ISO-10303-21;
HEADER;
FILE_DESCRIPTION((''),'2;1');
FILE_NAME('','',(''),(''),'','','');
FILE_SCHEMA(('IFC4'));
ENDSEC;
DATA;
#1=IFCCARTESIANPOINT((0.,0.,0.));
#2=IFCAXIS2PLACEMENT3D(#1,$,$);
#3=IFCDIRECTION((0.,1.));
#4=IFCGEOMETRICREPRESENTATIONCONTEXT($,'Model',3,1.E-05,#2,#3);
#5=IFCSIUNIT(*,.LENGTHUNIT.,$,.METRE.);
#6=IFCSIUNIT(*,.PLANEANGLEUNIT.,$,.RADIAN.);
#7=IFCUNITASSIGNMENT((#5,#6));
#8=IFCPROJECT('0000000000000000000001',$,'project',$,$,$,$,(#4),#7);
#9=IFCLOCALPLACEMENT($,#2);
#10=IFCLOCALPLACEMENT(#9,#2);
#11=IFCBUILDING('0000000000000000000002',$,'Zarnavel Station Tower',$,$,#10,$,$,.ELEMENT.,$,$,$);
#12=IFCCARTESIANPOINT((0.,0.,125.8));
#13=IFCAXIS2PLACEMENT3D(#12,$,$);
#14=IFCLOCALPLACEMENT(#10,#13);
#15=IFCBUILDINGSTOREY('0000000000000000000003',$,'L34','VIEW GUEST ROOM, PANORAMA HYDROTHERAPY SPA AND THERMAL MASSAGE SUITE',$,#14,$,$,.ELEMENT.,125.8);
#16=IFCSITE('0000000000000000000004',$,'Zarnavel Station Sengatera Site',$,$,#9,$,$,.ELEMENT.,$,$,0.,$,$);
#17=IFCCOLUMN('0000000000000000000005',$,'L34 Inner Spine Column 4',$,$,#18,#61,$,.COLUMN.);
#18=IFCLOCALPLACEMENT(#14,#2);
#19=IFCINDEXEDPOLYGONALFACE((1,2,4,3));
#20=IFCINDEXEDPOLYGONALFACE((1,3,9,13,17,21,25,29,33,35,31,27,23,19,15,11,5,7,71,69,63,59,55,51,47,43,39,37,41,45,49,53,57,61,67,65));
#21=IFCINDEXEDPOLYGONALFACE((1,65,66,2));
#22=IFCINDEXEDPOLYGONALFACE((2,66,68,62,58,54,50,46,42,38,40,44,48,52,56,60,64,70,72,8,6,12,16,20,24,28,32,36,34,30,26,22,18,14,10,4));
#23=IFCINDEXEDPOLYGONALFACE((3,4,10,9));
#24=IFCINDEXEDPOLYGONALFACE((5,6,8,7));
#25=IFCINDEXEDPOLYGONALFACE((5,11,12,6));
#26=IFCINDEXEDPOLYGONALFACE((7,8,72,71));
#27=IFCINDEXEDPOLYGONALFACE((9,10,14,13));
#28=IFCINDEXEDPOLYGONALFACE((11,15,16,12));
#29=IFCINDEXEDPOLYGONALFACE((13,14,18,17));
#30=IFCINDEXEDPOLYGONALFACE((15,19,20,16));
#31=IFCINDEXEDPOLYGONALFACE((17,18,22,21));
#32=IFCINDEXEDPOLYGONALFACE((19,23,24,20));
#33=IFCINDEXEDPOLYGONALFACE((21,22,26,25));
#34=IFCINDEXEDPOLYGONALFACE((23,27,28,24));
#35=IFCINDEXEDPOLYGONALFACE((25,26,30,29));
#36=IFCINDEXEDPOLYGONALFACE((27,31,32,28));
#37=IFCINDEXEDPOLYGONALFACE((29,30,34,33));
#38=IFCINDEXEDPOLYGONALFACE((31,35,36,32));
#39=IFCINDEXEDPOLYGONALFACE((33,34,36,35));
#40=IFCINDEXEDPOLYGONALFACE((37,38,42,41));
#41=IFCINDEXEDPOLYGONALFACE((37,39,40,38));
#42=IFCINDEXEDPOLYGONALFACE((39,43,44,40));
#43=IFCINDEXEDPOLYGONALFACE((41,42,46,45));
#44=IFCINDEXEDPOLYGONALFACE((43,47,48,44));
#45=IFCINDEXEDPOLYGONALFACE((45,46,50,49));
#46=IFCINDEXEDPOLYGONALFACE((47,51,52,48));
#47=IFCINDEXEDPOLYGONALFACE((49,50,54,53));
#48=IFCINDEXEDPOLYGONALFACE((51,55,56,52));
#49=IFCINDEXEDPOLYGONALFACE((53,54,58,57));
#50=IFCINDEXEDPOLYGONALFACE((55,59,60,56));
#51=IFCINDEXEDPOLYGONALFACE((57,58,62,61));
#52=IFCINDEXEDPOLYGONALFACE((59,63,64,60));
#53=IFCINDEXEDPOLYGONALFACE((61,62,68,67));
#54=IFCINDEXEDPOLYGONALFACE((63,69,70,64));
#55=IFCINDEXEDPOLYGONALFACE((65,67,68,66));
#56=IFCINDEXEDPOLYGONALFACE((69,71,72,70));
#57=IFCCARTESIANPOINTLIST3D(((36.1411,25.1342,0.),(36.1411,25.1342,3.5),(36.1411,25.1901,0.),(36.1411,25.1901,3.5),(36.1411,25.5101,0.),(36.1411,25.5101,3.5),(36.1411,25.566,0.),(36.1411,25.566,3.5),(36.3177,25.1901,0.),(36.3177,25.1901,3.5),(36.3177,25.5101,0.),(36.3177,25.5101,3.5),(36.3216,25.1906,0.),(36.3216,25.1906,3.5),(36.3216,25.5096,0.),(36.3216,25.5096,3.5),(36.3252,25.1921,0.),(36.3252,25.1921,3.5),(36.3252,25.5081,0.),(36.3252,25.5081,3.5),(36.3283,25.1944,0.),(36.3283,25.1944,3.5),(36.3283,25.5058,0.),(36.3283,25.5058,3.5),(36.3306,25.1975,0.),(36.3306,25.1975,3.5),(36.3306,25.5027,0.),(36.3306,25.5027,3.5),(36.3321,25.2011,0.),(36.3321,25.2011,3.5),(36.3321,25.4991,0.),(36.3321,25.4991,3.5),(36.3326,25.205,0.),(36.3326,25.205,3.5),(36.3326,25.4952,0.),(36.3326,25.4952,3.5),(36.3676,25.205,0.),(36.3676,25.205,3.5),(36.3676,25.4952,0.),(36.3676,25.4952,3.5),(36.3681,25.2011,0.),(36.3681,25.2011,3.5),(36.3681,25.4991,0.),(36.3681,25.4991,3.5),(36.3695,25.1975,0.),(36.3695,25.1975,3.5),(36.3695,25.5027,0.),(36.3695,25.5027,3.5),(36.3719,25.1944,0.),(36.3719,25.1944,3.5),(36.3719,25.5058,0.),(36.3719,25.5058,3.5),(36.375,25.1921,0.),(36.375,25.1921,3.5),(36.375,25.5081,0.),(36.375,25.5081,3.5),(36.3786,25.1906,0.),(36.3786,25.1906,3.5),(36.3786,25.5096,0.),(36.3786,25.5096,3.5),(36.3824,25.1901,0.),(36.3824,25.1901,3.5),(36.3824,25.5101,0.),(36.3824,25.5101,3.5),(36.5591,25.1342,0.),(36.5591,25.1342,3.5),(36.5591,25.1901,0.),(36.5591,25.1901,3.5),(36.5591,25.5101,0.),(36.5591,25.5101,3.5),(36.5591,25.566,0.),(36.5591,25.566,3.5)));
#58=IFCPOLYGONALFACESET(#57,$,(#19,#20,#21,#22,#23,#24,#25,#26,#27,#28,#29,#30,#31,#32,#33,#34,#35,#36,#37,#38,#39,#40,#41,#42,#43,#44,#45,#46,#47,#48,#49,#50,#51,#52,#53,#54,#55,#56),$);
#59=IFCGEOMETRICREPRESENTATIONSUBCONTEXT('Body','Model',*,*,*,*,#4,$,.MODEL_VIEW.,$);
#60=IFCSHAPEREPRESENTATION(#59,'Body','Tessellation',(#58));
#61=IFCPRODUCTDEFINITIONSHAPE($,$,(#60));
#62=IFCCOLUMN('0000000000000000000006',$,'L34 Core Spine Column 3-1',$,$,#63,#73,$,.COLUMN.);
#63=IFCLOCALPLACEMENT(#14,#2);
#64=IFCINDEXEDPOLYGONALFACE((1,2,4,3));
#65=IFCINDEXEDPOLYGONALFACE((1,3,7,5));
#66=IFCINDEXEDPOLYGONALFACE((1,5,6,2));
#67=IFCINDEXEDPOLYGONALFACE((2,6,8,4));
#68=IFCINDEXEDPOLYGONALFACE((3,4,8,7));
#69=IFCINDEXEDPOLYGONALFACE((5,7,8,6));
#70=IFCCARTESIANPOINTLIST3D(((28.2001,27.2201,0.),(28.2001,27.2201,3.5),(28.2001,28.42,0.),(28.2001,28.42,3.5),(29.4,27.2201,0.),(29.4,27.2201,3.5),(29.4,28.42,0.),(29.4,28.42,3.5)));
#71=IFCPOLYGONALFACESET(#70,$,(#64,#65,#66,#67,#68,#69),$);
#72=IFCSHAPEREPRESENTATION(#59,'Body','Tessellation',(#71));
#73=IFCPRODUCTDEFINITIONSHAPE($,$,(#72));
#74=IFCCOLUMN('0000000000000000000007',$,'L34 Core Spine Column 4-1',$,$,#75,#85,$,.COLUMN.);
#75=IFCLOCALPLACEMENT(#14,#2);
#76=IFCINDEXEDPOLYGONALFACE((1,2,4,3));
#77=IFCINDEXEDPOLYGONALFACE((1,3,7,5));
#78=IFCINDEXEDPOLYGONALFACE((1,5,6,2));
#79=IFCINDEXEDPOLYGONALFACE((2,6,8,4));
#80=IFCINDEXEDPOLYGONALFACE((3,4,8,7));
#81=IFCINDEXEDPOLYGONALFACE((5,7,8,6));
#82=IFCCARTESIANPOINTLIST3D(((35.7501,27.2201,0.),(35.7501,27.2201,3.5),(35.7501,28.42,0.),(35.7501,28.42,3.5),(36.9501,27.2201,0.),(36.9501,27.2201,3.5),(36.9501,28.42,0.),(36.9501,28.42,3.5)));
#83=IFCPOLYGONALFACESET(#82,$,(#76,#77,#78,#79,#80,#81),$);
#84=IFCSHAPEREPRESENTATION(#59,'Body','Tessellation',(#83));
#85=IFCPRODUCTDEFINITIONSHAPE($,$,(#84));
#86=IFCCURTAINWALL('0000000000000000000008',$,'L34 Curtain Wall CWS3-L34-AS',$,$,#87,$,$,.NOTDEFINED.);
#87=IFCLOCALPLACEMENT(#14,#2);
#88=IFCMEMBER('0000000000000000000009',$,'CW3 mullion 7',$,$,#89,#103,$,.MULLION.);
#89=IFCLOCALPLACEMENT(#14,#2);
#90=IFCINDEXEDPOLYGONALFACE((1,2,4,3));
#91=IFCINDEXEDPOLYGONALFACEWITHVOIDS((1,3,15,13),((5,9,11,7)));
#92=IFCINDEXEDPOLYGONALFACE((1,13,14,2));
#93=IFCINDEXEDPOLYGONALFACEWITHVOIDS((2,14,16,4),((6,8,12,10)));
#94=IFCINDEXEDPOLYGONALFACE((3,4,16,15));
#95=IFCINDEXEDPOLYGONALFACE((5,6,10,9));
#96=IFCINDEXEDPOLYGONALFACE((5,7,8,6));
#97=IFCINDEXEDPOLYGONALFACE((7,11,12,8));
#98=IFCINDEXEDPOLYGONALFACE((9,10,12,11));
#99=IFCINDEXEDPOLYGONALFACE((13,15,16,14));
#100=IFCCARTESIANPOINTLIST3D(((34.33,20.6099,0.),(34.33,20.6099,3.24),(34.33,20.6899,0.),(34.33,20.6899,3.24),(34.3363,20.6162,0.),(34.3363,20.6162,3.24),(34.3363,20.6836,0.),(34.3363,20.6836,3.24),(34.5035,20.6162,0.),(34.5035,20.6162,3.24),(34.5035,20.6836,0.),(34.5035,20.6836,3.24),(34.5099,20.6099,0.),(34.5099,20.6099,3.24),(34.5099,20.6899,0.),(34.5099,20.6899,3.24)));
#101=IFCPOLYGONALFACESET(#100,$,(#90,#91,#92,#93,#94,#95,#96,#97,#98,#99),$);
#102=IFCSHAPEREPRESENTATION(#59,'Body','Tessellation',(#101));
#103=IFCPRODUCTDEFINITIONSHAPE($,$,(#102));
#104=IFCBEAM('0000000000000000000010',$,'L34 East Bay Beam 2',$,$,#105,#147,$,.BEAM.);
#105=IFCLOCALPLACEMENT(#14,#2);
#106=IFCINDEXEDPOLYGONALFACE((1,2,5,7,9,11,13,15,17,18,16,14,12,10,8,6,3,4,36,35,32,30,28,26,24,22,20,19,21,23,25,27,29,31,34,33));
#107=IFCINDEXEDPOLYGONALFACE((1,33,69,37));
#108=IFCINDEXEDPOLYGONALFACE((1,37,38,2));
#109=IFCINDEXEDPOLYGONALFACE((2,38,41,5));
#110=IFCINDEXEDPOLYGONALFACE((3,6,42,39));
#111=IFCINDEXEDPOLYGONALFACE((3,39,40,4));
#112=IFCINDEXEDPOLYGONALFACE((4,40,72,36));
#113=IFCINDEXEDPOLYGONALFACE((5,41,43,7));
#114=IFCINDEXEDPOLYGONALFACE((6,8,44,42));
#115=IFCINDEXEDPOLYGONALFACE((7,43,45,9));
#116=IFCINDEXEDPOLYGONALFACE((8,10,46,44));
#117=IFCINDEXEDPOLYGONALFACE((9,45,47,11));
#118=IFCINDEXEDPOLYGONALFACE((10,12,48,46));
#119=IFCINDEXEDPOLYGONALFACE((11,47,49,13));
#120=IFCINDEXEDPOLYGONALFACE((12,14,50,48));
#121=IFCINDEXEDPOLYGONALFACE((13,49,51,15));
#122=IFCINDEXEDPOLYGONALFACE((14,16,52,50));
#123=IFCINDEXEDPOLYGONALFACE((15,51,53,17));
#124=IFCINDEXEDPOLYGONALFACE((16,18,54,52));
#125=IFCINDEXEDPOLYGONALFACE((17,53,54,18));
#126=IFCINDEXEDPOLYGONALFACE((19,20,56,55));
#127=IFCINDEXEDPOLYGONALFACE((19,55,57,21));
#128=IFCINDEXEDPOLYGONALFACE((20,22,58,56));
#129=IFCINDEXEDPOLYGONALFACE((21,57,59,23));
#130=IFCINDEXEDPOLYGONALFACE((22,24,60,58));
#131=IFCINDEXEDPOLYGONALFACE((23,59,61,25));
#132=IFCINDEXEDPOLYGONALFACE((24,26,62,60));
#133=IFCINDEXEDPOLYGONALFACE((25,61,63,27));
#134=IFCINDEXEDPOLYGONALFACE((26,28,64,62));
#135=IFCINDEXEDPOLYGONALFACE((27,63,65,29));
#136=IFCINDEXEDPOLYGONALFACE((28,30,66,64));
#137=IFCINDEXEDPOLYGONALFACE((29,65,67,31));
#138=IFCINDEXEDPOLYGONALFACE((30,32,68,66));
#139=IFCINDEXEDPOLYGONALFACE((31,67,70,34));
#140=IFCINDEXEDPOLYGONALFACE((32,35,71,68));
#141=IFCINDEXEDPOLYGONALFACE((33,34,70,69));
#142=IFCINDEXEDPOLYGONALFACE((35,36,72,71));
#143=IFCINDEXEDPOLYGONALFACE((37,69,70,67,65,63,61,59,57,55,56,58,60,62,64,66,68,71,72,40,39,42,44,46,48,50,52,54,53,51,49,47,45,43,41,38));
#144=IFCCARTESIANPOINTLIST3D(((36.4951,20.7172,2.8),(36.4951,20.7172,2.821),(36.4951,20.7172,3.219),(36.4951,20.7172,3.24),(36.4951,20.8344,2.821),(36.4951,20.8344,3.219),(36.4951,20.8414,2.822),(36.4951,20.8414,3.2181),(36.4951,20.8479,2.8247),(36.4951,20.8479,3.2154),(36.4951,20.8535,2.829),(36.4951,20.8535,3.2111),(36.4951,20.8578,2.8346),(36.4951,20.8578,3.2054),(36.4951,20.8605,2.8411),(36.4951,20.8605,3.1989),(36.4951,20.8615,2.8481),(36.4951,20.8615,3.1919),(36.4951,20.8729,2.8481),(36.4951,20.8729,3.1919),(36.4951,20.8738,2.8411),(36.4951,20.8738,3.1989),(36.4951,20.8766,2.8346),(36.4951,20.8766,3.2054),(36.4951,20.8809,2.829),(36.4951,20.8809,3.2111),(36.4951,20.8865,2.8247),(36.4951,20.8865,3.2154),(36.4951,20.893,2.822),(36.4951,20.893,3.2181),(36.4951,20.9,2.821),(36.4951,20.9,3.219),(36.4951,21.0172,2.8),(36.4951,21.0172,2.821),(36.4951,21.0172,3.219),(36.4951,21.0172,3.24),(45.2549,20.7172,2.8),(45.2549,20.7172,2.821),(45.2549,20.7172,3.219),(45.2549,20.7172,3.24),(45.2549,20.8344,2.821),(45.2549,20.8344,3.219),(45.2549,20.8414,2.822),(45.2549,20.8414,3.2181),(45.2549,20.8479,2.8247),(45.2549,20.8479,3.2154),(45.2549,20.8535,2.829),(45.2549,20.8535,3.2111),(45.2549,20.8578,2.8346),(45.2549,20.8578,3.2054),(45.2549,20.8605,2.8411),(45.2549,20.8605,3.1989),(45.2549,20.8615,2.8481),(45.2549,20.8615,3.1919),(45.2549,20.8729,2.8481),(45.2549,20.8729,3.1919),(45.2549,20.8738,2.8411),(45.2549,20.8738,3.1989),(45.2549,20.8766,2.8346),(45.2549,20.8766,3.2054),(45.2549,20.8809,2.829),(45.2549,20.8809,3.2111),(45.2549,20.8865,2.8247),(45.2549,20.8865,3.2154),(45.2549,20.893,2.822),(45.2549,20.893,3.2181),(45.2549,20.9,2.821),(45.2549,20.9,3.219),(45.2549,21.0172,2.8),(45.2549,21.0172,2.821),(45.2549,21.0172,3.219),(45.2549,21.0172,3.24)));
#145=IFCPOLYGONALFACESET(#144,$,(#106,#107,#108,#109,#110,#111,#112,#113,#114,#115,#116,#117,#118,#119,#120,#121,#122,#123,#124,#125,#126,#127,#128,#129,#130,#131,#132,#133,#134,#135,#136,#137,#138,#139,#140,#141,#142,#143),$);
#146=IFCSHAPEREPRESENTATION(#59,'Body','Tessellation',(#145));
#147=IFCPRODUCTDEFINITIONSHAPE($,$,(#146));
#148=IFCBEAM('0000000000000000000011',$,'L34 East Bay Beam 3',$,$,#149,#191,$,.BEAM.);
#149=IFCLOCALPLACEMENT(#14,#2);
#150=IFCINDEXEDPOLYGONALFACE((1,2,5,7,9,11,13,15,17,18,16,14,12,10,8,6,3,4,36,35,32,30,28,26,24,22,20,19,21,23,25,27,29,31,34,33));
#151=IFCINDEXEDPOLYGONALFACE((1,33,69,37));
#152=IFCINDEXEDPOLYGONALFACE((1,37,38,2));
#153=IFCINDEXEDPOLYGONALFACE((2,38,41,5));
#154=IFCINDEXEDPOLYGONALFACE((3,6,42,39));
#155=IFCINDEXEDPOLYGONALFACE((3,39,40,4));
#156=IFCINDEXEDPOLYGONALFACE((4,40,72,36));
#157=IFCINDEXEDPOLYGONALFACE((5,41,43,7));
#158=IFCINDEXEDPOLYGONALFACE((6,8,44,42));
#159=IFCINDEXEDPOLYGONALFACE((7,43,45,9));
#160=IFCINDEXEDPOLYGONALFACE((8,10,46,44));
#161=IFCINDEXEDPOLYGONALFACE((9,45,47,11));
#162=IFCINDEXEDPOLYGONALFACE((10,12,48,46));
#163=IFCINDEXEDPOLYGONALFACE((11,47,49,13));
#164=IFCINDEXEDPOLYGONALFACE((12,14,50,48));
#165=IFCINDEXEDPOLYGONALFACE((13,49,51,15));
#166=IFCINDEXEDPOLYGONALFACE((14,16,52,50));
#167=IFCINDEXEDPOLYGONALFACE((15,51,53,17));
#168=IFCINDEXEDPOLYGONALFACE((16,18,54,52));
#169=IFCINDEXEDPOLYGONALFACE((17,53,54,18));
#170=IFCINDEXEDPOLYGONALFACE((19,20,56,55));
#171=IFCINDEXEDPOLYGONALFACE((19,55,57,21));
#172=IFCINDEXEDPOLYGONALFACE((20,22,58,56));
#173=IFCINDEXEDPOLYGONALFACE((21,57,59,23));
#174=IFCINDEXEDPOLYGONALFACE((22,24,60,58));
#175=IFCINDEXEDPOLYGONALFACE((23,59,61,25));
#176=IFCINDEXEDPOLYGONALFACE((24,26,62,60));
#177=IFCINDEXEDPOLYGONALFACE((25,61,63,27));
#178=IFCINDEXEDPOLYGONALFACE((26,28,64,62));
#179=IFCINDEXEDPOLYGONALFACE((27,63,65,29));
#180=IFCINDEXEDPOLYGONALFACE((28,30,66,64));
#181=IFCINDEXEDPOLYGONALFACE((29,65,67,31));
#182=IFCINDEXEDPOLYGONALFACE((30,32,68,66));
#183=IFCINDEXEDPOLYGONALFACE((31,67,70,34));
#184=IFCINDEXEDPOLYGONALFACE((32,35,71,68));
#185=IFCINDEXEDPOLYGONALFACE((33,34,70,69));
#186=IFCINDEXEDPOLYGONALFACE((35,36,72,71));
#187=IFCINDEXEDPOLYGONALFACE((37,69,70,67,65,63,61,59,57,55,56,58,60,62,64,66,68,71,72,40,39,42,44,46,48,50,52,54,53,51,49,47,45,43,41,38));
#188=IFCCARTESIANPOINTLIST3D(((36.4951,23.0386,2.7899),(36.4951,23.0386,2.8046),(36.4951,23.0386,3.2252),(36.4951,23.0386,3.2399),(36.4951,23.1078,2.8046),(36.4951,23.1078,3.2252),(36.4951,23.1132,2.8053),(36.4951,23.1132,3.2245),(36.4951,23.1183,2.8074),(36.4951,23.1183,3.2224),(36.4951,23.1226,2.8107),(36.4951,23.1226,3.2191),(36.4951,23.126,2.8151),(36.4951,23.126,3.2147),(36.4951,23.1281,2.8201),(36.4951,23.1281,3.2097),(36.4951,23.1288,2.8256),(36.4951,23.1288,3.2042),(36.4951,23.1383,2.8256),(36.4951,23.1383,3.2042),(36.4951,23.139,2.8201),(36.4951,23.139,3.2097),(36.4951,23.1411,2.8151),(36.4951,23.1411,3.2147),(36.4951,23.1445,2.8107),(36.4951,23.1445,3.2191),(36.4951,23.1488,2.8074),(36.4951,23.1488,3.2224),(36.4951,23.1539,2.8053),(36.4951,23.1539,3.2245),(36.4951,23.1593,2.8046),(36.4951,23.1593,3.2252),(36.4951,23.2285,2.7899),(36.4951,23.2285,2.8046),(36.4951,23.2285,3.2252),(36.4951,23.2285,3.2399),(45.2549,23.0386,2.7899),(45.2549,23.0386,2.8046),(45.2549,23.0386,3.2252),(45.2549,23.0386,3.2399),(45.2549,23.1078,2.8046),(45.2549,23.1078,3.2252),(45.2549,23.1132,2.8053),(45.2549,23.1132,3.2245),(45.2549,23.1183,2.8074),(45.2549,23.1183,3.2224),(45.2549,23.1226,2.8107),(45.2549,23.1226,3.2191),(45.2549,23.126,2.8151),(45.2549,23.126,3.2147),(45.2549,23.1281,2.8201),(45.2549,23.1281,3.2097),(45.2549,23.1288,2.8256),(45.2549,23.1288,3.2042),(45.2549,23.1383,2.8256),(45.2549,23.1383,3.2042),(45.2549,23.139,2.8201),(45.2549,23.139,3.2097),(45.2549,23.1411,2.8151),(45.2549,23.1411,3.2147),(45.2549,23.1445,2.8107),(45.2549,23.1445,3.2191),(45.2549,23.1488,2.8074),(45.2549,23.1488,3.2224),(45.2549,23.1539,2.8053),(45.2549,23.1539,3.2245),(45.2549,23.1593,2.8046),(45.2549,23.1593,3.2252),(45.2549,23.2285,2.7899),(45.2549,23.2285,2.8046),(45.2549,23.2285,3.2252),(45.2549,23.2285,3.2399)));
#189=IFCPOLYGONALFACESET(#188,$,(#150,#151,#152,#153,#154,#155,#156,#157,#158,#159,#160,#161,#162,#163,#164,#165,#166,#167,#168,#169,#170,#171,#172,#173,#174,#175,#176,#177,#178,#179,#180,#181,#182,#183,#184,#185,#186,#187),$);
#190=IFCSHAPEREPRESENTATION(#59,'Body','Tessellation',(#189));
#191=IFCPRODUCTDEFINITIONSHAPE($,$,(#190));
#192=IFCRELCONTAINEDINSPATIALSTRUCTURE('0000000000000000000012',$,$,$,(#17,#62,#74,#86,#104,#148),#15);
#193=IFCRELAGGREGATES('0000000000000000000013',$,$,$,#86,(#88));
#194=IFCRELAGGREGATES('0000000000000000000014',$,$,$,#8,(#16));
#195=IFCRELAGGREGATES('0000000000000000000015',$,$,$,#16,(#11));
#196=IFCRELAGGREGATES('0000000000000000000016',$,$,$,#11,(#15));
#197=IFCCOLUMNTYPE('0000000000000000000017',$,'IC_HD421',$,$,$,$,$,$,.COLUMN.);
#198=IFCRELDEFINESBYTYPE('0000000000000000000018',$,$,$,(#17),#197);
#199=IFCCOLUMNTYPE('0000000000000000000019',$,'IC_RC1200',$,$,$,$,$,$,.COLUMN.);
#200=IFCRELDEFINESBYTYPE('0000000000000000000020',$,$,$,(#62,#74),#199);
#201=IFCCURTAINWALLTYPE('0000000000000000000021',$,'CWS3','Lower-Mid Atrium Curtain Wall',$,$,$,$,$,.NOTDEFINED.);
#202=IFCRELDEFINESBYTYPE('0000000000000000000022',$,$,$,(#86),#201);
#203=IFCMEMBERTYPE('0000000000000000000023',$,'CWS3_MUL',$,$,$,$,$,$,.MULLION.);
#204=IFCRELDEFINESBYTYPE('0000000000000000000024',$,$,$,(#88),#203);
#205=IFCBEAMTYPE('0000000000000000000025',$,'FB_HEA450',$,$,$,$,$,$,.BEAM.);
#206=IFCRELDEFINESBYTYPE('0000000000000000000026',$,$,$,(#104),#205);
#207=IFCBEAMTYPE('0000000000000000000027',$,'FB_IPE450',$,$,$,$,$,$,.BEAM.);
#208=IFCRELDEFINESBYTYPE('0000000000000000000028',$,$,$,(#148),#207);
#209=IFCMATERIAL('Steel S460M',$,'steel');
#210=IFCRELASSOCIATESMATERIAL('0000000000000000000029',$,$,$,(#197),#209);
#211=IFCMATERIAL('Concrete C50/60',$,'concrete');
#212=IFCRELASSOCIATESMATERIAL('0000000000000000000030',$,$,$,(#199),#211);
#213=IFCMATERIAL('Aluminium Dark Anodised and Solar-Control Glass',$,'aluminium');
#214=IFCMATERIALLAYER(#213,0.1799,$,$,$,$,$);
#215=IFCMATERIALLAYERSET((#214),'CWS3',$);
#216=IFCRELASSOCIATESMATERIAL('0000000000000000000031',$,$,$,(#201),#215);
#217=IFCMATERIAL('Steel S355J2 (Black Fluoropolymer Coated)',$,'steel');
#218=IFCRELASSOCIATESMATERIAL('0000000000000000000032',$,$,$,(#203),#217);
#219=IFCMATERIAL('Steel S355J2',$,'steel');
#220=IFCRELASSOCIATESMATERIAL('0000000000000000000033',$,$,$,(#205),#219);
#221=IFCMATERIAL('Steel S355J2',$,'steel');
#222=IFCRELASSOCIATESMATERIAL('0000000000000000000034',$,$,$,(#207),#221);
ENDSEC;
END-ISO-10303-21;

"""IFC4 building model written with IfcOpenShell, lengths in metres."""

from ifc_helpers import new_model, si_unit, direction, frame, origin, origin_2d, place, context, subcontext, project, spatial, rectangle, hollow_rectangle, i_section, extrude, material, layer, layer_set, material_profile, profile_set, type_object, element, aggregate, save


model = new_model("IFC4")

# Units and contexts
model_context = context("Model", 3, precision=1e-05, world=origin(), true_north=direction((0.0, 1.0)))
body_context = subcontext(model_context, "Body", "Model", "MODEL_VIEW")
ifc_project = project(units=[si_unit("LENGTHUNIT", "METRE"), si_unit("PLANEANGLEUNIT", "RADIAN")], contexts=[model_context])

# Site, building, storey
site_placement = place(None, origin())
site = spatial("IfcSite", under=ifc_project, at=site_placement, Name="Zarnavel Station Sengatera Site", CompositionType="ELEMENT", RefElevation=0.0)
building_placement = place(site_placement, origin())
building = spatial("IfcBuilding", under=site, at=building_placement, Name="Zarnavel Station Tower", CompositionType="ELEMENT")
storey_placement = place(building_placement, frame((0.0, 0.0, 125.8)))
storey = spatial("IfcBuildingStorey", under=building, at=storey_placement, Name="L34", Description="VIEW GUEST ROOM, PANORAMA HYDROTHERAPY SPA AND THERMAL MASSAGE SUITE", CompositionType="ELEMENT", Elevation=125.8)

# Columns
ifc_material_1 = material(Name="Steel S460M", Category="steel")
ifc_material_profile_1 = material_profile(ifc_material_1, i_section(OverallWidth=0.418, OverallDepth=0.4319, WebThickness=0.0349, FlangeThickness=0.0559, FilletRadius=0.0149, at=origin_2d()), Name="HD400x421")
ifc_profile_set_1 = profile_set([ifc_material_profile_1], Name="Steel S460M")
column_type_1 = type_object("IfcColumnType", Name="IC_HD421", PredefinedType="COLUMN", material=ifc_profile_set_1)
column_placement = place(storey_placement, frame((36.3501, 25.3501, 0.0), z_axis=(0.0, 0.0, 1.0), x_axis=(1.0, 0.0, 0.0)))
element("IfcColumn", 1, at=column_placement, inside=storey, type_object=column_type_1, Name="L34 Inner Spine Column 4", PredefinedType="COLUMN", context=body_context, shape_type="SweptSolid", body=[
    extrude(i_section(OverallWidth=0.418, OverallDepth=0.4319, WebThickness=0.0349, FlangeThickness=0.0559, FilletRadius=0.0149, at=origin_2d()), origin(), (0.0, 0.0, 1.0), 3.5),
])
ifc_material_2 = material(Name="Concrete C50/60", Category="concrete")
ifc_material_profile_2 = material_profile(ifc_material_2, rectangle(XDim=1.2, YDim=1.2, at=origin_2d()), Name="RC1200x1200")
ifc_profile_set_2 = profile_set([ifc_material_profile_2], Name="Concrete C50/60")
column_type_2 = type_object("IfcColumnType", Name="IC_RC1200", PredefinedType="COLUMN", material=ifc_profile_set_2)
for number, where, z_axis, x_axis, name in (
    (2, (28.8, 27.8201, 0.0), (0.0, 0.0, 1.0), (1.0, 0.0, 0.0), "L34 Core Spine Column 3-1"),
    (3, (36.3501, 27.8201, 0.0), (0.0, 0.0, 1.0), (1.0, 0.0, 0.0), "L34 Core Spine Column 4-1"),
):
    element("IfcColumn", number, at=place(storey_placement, frame(where, z_axis=z_axis, x_axis=x_axis)), inside=storey, type_object=column_type_2, Name=name, PredefinedType="COLUMN", context=body_context, shape_type="SweptSolid", body=[
        extrude(rectangle(XDim=1.2, YDim=1.2, at=origin_2d()), origin(), (0.0, 0.0, 1.0), 3.5),
    ])

# Curtain wall, member
ifc_material_3 = material(Name="Aluminium Dark Anodised and Solar-Control Glass", Category="aluminium")
ifc_layer_1 = layer(ifc_material_3, 0.1799)
ifc_layer_set_1 = layer_set([ifc_layer_1], Name="CWS3")
curtain_wall_type = type_object("IfcCurtainWallType", Name="CWS3", Description="Lower-Mid Atrium Curtain Wall", PredefinedType="NOTDEFINED", material=ifc_layer_set_1)
curtain_wall_placement = place(storey_placement, origin())
curtain_wall = element("IfcCurtainWall", 4, at=curtain_wall_placement, inside=storey, type_object=curtain_wall_type, Name="L34 Curtain Wall CWS3-L34-AS", PredefinedType="NOTDEFINED")
ifc_material_4 = material(Name="Steel S355J2 (Black Fluoropolymer Coated)", Category="steel")
ifc_material_profile_3 = material_profile(ifc_material_4, hollow_rectangle(XDim=0.0801, YDim=0.1799, WallThickness=0.0063, at=origin_2d()), Name="RHS180x80x6.3")
ifc_profile_set_3 = profile_set([ifc_material_profile_3], Name="Steel S355J2 (Black Fluoropolymer Coated)")
member_type = type_object("IfcMemberType", Name="CWS3_MUL", PredefinedType="MULLION", material=ifc_profile_set_3)
member_placement = place(storey_placement, frame((34.4199, 20.6499, 0.0), z_axis=(0.0, 0.0, 1.0), x_axis=(0.0, 1.0, 0.0)))
member = element("IfcMember", 5, at=member_placement, type_object=member_type, Name="CW3 mullion 7", PredefinedType="MULLION", context=body_context, shape_type="SweptSolid", body=[
    extrude(hollow_rectangle(XDim=0.0801, YDim=0.1799, WallThickness=0.0063, at=origin_2d()), origin(), (0.0, 0.0, 1.0), 3.24),
])

# Beams
ifc_material_5 = material(Name="Steel S355J2", Category="steel")
ifc_material_profile_4 = material_profile(ifc_material_5, i_section(OverallWidth=0.3, OverallDepth=0.4399, WebThickness=0.0115, FlangeThickness=0.021, FilletRadius=0.0271, at=origin_2d()), Name="HEA450")
ifc_profile_set_4 = profile_set([ifc_material_profile_4], Name="Steel S355J2")
beam_type_1 = type_object("IfcBeamType", Name="FB_HEA450", PredefinedType="BEAM", material=ifc_profile_set_4)
beam_1_placement = place(storey_placement, frame((36.4951, 20.8672, 3.02), z_axis=(1.0, 0.0, 0.0), x_axis=(0.0, 1.0, 0.0)))
element("IfcBeam", 6, at=beam_1_placement, inside=storey, type_object=beam_type_1, Name="L34 East Bay Beam 2", PredefinedType="BEAM", context=body_context, shape_type="SweptSolid", body=[
    extrude(i_section(OverallWidth=0.3, OverallDepth=0.4399, WebThickness=0.0115, FlangeThickness=0.021, FilletRadius=0.0271, at=origin_2d()), origin(), (0.0, 0.0, 1.0), 8.7598),
])
ifc_material_6 = material(Name="Steel S355J2", Category="steel")
ifc_material_profile_5 = material_profile(ifc_material_6, i_section(OverallWidth=0.1899, OverallDepth=0.45, WebThickness=0.0095, FlangeThickness=0.0146, FilletRadius=0.021, at=origin_2d()), Name="IPE450")
ifc_profile_set_5 = profile_set([ifc_material_profile_5], Name="Steel S355J2")
beam_type_2 = type_object("IfcBeamType", Name="FB_IPE450", PredefinedType="BEAM", material=ifc_profile_set_5)
beam_2_placement = place(storey_placement, frame((36.4951, 23.1335, 3.0149), z_axis=(1.0, 0.0, 0.0), x_axis=(0.0, 1.0, 0.0)))
element("IfcBeam", 7, at=beam_2_placement, inside=storey, type_object=beam_type_2, Name="L34 East Bay Beam 3", PredefinedType="BEAM", context=body_context, shape_type="SweptSolid", body=[
    extrude(i_section(OverallWidth=0.1899, OverallDepth=0.45, WebThickness=0.0095, FlangeThickness=0.0146, FilletRadius=0.021, at=origin_2d()), origin(), (0.0, 0.0, 1.0), 8.7598),
])

aggregate(curtain_wall, [member])

save(model, "model.ifc")
